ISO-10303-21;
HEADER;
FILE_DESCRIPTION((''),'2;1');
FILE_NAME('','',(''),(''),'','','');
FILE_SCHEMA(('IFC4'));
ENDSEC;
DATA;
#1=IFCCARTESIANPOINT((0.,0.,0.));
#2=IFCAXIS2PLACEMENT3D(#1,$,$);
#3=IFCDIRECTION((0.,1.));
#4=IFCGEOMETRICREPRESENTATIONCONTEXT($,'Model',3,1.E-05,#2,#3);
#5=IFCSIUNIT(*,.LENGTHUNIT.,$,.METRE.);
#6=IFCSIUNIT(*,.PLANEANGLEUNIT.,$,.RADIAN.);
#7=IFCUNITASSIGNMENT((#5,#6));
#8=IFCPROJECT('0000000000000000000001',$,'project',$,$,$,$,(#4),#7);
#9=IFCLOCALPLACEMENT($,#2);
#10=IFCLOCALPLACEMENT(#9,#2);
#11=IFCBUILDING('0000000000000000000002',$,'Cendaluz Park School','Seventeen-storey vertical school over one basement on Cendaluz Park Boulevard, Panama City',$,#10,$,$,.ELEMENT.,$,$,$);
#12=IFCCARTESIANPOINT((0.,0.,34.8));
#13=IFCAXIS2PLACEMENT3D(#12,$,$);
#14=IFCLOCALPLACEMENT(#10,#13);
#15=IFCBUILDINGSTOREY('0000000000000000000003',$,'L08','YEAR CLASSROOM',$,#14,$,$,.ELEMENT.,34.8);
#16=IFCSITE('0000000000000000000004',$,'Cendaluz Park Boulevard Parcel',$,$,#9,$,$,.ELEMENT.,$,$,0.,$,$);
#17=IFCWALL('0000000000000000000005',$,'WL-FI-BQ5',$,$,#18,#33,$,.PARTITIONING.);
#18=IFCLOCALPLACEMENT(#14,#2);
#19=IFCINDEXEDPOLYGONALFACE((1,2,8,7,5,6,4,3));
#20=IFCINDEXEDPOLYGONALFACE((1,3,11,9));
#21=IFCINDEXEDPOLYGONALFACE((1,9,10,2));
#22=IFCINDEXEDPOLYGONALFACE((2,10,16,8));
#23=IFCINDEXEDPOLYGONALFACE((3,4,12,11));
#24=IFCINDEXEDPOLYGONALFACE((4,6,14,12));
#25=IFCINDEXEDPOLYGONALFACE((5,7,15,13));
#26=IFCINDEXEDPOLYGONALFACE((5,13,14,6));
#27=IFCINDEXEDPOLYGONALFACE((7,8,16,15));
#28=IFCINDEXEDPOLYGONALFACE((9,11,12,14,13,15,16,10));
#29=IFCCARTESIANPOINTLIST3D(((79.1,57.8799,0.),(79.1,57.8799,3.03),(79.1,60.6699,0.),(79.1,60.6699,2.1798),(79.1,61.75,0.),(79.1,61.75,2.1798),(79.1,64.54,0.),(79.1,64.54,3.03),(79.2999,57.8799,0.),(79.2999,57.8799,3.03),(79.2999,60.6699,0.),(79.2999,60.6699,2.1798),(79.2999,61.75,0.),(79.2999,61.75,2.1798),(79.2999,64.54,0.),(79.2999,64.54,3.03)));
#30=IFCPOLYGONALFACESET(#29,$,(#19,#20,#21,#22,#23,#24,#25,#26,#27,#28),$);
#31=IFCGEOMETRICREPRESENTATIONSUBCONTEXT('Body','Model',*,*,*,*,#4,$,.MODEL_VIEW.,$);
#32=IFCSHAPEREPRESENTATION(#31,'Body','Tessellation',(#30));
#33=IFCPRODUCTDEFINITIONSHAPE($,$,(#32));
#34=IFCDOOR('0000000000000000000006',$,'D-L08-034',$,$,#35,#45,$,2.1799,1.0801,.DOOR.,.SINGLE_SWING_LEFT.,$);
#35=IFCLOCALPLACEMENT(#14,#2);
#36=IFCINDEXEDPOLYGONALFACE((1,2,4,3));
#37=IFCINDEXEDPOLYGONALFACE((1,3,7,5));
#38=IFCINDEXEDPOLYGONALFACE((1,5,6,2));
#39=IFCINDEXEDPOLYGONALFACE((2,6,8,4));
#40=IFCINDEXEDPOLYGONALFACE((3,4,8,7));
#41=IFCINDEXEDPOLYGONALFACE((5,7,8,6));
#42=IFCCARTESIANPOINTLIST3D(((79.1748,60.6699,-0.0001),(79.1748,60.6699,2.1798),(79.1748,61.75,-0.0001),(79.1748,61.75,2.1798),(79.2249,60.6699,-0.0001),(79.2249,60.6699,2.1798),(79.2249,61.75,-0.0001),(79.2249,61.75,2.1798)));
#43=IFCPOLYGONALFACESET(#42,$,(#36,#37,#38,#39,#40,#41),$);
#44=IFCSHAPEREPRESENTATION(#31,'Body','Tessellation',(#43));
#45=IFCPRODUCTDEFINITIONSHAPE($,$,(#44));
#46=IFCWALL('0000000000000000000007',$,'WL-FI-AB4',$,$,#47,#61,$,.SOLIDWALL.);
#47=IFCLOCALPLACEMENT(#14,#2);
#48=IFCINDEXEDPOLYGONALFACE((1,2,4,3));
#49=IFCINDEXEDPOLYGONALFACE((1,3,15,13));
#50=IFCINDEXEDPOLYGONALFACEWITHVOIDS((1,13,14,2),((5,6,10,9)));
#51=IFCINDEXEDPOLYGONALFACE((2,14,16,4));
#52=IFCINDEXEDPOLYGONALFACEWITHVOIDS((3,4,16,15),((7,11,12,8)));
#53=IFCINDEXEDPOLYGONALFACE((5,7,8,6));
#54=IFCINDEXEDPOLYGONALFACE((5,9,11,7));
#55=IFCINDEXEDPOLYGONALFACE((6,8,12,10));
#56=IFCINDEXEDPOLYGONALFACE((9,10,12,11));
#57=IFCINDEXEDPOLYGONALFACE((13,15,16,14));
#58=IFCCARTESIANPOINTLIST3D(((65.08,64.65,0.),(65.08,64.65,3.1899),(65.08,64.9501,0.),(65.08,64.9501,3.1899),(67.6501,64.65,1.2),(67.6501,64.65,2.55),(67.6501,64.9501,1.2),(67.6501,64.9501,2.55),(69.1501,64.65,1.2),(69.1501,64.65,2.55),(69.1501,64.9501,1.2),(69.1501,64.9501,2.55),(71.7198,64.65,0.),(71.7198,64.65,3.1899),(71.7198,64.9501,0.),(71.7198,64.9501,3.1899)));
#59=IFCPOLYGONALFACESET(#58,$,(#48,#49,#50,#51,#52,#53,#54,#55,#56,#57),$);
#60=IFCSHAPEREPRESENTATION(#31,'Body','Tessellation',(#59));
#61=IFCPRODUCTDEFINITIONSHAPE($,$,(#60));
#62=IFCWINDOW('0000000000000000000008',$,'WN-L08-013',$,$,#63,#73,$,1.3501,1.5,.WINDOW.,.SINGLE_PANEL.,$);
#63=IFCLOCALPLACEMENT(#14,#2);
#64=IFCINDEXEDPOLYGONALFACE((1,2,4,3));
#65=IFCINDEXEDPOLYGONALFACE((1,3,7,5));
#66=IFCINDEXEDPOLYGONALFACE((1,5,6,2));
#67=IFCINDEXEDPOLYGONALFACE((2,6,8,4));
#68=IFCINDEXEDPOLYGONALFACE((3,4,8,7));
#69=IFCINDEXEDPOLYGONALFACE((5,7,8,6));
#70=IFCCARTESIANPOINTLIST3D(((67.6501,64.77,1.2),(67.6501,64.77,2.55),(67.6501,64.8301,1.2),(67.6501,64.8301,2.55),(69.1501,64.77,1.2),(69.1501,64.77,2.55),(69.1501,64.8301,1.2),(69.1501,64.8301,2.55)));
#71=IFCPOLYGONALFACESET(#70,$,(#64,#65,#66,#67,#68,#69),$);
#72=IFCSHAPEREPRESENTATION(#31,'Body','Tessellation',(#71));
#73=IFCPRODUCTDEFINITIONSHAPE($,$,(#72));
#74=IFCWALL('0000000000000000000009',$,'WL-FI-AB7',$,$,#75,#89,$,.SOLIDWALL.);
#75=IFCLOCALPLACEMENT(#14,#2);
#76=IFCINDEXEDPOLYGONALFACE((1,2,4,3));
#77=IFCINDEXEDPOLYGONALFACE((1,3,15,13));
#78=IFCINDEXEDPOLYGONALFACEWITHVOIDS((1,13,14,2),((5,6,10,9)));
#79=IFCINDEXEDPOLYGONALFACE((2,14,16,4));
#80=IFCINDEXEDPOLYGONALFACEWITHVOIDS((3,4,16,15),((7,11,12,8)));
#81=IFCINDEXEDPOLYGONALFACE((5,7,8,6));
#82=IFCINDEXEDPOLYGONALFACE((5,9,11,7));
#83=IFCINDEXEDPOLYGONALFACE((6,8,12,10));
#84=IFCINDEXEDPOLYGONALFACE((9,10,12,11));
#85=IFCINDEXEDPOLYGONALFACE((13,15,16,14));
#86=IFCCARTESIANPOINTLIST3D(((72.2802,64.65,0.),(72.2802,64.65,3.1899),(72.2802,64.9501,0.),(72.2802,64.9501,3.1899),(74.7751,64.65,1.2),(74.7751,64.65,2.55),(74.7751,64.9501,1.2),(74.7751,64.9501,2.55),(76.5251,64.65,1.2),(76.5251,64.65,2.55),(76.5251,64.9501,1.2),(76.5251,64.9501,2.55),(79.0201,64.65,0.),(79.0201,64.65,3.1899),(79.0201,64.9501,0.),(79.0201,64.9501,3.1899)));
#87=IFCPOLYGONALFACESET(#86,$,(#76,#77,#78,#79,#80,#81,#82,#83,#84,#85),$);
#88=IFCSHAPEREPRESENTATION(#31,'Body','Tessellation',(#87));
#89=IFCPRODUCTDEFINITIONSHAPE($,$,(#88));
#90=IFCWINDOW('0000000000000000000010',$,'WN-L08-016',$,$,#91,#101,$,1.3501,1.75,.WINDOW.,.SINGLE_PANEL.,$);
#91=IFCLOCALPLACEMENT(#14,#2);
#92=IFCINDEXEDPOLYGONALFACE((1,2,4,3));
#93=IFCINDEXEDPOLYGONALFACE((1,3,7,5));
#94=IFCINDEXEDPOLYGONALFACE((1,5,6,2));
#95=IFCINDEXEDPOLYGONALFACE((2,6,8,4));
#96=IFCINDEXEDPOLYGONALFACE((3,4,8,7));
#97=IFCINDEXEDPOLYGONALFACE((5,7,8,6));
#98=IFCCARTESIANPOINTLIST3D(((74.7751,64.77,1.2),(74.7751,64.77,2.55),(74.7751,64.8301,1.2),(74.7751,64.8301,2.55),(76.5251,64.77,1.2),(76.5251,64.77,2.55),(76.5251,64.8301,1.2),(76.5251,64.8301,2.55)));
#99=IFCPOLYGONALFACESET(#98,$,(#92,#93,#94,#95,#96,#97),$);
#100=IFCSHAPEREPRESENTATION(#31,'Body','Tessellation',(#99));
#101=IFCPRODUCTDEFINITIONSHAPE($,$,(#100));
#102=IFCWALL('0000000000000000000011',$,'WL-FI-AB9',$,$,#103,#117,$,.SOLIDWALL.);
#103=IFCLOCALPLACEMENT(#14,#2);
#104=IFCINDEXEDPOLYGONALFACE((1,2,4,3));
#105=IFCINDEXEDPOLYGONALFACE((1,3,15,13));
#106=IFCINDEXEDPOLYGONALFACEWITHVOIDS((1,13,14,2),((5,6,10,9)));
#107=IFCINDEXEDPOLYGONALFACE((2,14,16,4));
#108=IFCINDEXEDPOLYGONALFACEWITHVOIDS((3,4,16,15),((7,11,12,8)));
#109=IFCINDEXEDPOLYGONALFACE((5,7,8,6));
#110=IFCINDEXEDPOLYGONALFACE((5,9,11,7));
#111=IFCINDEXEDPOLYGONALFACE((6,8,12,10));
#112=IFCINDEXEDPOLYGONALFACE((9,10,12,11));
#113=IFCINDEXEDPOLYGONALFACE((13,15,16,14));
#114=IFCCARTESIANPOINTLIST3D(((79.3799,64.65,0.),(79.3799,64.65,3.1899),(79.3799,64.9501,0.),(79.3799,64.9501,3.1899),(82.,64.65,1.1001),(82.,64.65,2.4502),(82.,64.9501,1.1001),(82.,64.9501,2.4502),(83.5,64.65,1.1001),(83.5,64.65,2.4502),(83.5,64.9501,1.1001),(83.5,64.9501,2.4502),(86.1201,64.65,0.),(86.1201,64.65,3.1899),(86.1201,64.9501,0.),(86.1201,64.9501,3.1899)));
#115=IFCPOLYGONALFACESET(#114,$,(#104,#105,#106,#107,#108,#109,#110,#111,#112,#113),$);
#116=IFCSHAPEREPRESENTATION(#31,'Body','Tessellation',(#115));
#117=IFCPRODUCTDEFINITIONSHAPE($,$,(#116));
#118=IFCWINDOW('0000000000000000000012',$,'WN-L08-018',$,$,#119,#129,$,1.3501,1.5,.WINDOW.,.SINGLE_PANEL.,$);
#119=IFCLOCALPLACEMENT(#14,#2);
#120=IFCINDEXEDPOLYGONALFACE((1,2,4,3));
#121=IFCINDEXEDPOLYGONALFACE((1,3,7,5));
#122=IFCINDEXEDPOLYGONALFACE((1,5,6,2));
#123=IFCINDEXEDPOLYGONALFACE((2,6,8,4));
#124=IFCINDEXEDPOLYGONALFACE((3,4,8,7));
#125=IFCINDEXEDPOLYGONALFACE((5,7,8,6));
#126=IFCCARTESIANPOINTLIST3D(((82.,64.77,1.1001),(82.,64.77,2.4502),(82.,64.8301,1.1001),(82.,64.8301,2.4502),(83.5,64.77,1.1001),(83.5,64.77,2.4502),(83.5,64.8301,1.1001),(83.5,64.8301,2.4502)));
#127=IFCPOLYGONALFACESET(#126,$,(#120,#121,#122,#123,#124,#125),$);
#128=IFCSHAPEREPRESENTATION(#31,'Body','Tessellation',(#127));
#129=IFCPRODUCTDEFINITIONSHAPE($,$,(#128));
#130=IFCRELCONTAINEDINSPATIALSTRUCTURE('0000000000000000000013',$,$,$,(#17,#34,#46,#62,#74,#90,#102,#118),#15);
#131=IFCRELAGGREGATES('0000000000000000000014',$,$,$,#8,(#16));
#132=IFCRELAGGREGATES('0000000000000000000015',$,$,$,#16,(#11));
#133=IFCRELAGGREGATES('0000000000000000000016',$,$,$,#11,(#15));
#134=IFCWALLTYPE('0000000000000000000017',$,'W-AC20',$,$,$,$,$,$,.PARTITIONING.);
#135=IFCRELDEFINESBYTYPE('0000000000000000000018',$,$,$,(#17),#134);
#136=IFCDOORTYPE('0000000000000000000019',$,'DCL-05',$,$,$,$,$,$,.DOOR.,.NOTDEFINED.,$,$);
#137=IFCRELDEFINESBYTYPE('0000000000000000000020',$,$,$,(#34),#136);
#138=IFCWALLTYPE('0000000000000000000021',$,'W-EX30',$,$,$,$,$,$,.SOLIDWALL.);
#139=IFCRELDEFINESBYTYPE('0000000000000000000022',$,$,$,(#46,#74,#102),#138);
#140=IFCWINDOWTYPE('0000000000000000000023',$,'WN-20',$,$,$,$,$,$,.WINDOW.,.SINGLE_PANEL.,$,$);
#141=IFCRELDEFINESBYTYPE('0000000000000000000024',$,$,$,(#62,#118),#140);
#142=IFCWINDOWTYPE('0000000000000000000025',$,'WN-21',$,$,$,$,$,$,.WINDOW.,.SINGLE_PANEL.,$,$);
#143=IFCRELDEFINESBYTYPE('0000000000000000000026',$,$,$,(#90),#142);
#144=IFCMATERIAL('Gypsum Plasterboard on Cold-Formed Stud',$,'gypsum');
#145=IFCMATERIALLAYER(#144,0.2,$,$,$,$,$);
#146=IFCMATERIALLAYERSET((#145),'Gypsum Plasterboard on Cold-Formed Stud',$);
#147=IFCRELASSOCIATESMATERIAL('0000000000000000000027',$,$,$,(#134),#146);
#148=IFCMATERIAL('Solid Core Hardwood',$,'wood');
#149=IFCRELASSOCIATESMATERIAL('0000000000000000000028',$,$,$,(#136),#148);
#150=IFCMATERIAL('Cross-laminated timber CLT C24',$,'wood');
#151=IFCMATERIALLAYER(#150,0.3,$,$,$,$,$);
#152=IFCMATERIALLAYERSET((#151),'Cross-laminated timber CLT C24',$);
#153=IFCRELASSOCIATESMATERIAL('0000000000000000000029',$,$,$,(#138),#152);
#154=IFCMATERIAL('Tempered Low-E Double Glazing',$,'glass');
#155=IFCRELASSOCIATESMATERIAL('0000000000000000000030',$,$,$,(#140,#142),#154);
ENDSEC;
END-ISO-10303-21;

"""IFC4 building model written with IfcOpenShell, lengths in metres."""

from ifc_helpers import new_model, si_unit, direction, frame, frame_2d, origin, place, context, subcontext, project, spatial, rectangle, extrude, material, layer, layer_set, type_object, element, fill, save


model = new_model("IFC4")

# Units and contexts
model_context = context("Model", 3, precision=1e-05, world=origin(), true_north=direction((0.0, 1.0)))
body_context = subcontext(model_context, "Body", "Model", "MODEL_VIEW")
ifc_project = project(units=[si_unit("LENGTHUNIT", "METRE"), si_unit("PLANEANGLEUNIT", "RADIAN")], contexts=[model_context])

# Site, building, storey
site_placement = place(None, origin())
site = spatial("IfcSite", under=ifc_project, at=site_placement, Name="Cendaluz Park Boulevard Parcel", CompositionType="ELEMENT", RefElevation=0.0)
building_placement = place(site_placement, origin())
building = spatial("IfcBuilding", under=site, at=building_placement, Name="Cendaluz Park School", Description="Seventeen-storey vertical school over one basement on Cendaluz Park Boulevard, Panama City", CompositionType="ELEMENT")
storey_placement = place(building_placement, frame((0.0, 0.0, 34.8)))
storey = spatial("IfcBuildingStorey", under=building, at=storey_placement, Name="L08", Description="YEAR CLASSROOM", CompositionType="ELEMENT", Elevation=34.8)

# Wall, opening, door
ifc_material_1 = material(Name="Gypsum Plasterboard on Cold-Formed Stud", Category="gypsum")
ifc_layer_1 = layer(ifc_material_1, 0.2)
ifc_layer_set_1 = layer_set([ifc_layer_1], Name="Gypsum Plasterboard on Cold-Formed Stud")
wall_type_1 = type_object("IfcWallType", Name="W-AC20", PredefinedType="PARTITIONING", material=ifc_layer_set_1)
ifc_material_2 = material(Name="Solid Core Hardwood", Category="wood")
wall_1_placement = place(storey_placement, frame((79.2, 57.8799, 0.0), z_axis=(0.0, 0.0, 1.0), x_axis=(0.0, 1.0, 0.0)))
wall_1 = element("IfcWall", 1, at=wall_1_placement, inside=storey, type_object=wall_type_1, Name="WL-FI-BQ5", PredefinedType="PARTITIONING", context=body_context, shape_type="SweptSolid", body=[
    extrude(rectangle(XDim=6.6602, YDim=0.2, at=frame_2d((3.3301, 0.0))), origin(), (0.0, 0.0, 1.0), 3.03),
])
opening_1_placement = place(wall_1_placement, frame((2.79, 0.0, 0.0)))
opening_1 = element("IfcOpeningElement", 2, at=opening_1_placement, cuts=wall_1, PredefinedType="OPENING", context=body_context, shape_type="SweptSolid", body=[
    extrude(rectangle(XDim=1.0801, YDim=2.1799, at=frame_2d((0.54, 1.0898))), frame((0.0, 0.1121, 0.0), z_axis=(0.0, -1.0, 0.0), x_axis=(1.0, 0.0, 0.0)), (0.0, 0.0, 1.0), 0.2239),
])
door_type_1 = type_object("IfcDoorType", Name="DCL-05", OperationType="NOTDEFINED", PredefinedType="DOOR", material=ifc_material_2)
door_1_placement = place(opening_1_placement, frame((1.0801, 0.0, 0.0), z_axis=(0.0, 0.0, 1.0), x_axis=(-1.0, 0.0, 0.0)))
door_1 = element("IfcDoor", 3, at=door_1_placement, inside=storey, type_object=door_type_1, Name="D-L08-034", OperationType="SINGLE_SWING_LEFT", OverallHeight=2.1799, OverallWidth=1.0801, PredefinedType="DOOR", context=body_context, shape_type="SweptSolid", body=[
    extrude(rectangle(XDim=1.0801, YDim=2.1799, at=frame_2d((0.54, 1.0898))), frame((0.0, 0.0249, 0.0), z_axis=(0.0, -1.0, 0.0), x_axis=(1.0, 0.0, 0.0)), (0.0, 0.0, 1.0), 0.05),
])
fill(opening_1, door_1)

# Walls, openings, windows
ifc_material_3 = material(Name="Cross-laminated timber CLT C24", Category="wood")
ifc_layer_2 = layer(ifc_material_3, 0.3)
ifc_layer_set_2 = layer_set([ifc_layer_2], Name="Cross-laminated timber CLT C24")
wall_type_2 = type_object("IfcWallType", Name="W-EX30", PredefinedType="SOLIDWALL", material=ifc_layer_set_2)
wall_2_placement = place(storey_placement, frame((65.0801, 64.8, 0.0), z_axis=(0.0, 0.0, 1.0), x_axis=(1.0, 0.0, 0.0)))
wall_2 = element("IfcWall", 4, at=wall_2_placement, inside=storey, type_object=wall_type_2, Name="WL-FI-AB4", PredefinedType="SOLIDWALL", context=body_context, shape_type="SweptSolid", body=[
    extrude(rectangle(XDim=6.6399, YDim=0.3, at=frame_2d((3.3198, 0.0))), origin(), (0.0, 0.0, 1.0), 3.1899),
])
opening_2_placement = place(wall_2_placement, frame((2.5701, 0.0, 1.2)))
opening_2 = element("IfcOpeningElement", 5, at=opening_2_placement, cuts=wall_2, PredefinedType="OPENING", context=body_context, shape_type="SweptSolid", body=[
    extrude(rectangle(XDim=1.5, YDim=1.3501, at=frame_2d((0.75, 0.675))), frame((0.0, 0.1621, 0.0), z_axis=(0.0, -1.0, 0.0), x_axis=(1.0, 0.0, 0.0)), (0.0, 0.0, 1.0), 0.324),
])
ifc_material_4 = material(Name="Tempered Low-E Double Glazing", Category="glass")
window_type_1 = type_object("IfcWindowType", Name="WN-20", PartitioningType="SINGLE_PANEL", PredefinedType="WINDOW", material=ifc_material_4)
window_1_placement = place(opening_2_placement, origin())
window_1 = element("IfcWindow", 6, at=window_1_placement, inside=storey, type_object=window_type_1, Name="WN-L08-013", OverallHeight=1.3501, OverallWidth=1.5, PartitioningType="SINGLE_PANEL", PredefinedType="WINDOW", context=body_context, shape_type="SweptSolid", body=[
    extrude(rectangle(XDim=1.5, YDim=1.3501, at=frame_2d((0.75, 0.675))), frame((0.0, 0.03, 0.0), z_axis=(0.0, -1.0, 0.0), x_axis=(1.0, 0.0, 0.0)), (0.0, 0.0, 1.0), 0.0601),
])
fill(opening_2, window_1)
wall_3_placement = place(storey_placement, frame((72.28, 64.8, 0.0), z_axis=(0.0, 0.0, 1.0), x_axis=(1.0, 0.0, 0.0)))
wall_3 = element("IfcWall", 7, at=wall_3_placement, inside=storey, type_object=wall_type_2, Name="WL-FI-AB7", PredefinedType="SOLIDWALL", context=body_context, shape_type="SweptSolid", body=[
    extrude(rectangle(XDim=6.74, YDim=0.3, at=frame_2d((3.3701, 0.0))), origin(), (0.0, 0.0, 1.0), 3.1899),
])
opening_3_placement = place(wall_3_placement, frame((2.4951, 0.0, 1.2)))
opening_3 = element("IfcOpeningElement", 8, at=opening_3_placement, cuts=wall_3, PredefinedType="OPENING", context=body_context, shape_type="SweptSolid", body=[
    extrude(rectangle(XDim=1.75, YDim=1.3501, at=frame_2d((0.875, 0.675))), frame((0.0, 0.1621, 0.0), z_axis=(0.0, -1.0, 0.0), x_axis=(1.0, 0.0, 0.0)), (0.0, 0.0, 1.0), 0.324),
])
window_type_2 = type_object("IfcWindowType", Name="WN-21", PartitioningType="SINGLE_PANEL", PredefinedType="WINDOW", material=ifc_material_4)
window_2_placement = place(opening_3_placement, origin())
window_2 = element("IfcWindow", 9, at=window_2_placement, inside=storey, type_object=window_type_2, Name="WN-L08-016", OverallHeight=1.3501, OverallWidth=1.75, PartitioningType="SINGLE_PANEL", PredefinedType="WINDOW", context=body_context, shape_type="SweptSolid", body=[
    extrude(rectangle(XDim=1.75, YDim=1.3501, at=frame_2d((0.875, 0.675))), frame((0.0, 0.03, 0.0), z_axis=(0.0, -1.0, 0.0), x_axis=(1.0, 0.0, 0.0)), (0.0, 0.0, 1.0), 0.0601),
])
fill(opening_3, window_2)
wall_4_placement = place(storey_placement, frame((79.3799, 64.8, 0.0), z_axis=(0.0, 0.0, 1.0), x_axis=(1.0, 0.0, 0.0)))
wall_4 = element("IfcWall", 10, at=wall_4_placement, inside=storey, type_object=wall_type_2, Name="WL-FI-AB9", PredefinedType="SOLIDWALL", context=body_context, shape_type="SweptSolid", body=[
    extrude(rectangle(XDim=6.7402, YDim=0.3, at=frame_2d((3.3701, 0.0))), origin(), (0.0, 0.0, 1.0), 3.1899),
])
opening_4_placement = place(wall_4_placement, frame((2.6201, 0.0, 1.1001)))
opening_4 = element("IfcOpeningElement", 11, at=opening_4_placement, cuts=wall_4, PredefinedType="OPENING", context=body_context, shape_type="SweptSolid", body=[
    extrude(rectangle(XDim=1.5, YDim=1.3501, at=frame_2d((0.75, 0.675))), frame((0.0, 0.1621, 0.0), z_axis=(0.0, -1.0, 0.0), x_axis=(1.0, 0.0, 0.0)), (0.0, 0.0, 1.0), 0.324),
])
window_3_placement = place(opening_4_placement, origin())
window_3 = element("IfcWindow", 12, at=window_3_placement, inside=storey, type_object=window_type_1, Name="WN-L08-018", OverallHeight=1.3501, OverallWidth=1.5, PartitioningType="SINGLE_PANEL", PredefinedType="WINDOW", context=body_context, shape_type="SweptSolid", body=[
    extrude(rectangle(XDim=1.5, YDim=1.3501, at=frame_2d((0.75, 0.675))), frame((0.0, 0.03, 0.0), z_axis=(0.0, -1.0, 0.0), x_axis=(1.0, 0.0, 0.0)), (0.0, 0.0, 1.0), 0.0601),
])
fill(opening_4, window_3)

save(model, "model.ifc")
